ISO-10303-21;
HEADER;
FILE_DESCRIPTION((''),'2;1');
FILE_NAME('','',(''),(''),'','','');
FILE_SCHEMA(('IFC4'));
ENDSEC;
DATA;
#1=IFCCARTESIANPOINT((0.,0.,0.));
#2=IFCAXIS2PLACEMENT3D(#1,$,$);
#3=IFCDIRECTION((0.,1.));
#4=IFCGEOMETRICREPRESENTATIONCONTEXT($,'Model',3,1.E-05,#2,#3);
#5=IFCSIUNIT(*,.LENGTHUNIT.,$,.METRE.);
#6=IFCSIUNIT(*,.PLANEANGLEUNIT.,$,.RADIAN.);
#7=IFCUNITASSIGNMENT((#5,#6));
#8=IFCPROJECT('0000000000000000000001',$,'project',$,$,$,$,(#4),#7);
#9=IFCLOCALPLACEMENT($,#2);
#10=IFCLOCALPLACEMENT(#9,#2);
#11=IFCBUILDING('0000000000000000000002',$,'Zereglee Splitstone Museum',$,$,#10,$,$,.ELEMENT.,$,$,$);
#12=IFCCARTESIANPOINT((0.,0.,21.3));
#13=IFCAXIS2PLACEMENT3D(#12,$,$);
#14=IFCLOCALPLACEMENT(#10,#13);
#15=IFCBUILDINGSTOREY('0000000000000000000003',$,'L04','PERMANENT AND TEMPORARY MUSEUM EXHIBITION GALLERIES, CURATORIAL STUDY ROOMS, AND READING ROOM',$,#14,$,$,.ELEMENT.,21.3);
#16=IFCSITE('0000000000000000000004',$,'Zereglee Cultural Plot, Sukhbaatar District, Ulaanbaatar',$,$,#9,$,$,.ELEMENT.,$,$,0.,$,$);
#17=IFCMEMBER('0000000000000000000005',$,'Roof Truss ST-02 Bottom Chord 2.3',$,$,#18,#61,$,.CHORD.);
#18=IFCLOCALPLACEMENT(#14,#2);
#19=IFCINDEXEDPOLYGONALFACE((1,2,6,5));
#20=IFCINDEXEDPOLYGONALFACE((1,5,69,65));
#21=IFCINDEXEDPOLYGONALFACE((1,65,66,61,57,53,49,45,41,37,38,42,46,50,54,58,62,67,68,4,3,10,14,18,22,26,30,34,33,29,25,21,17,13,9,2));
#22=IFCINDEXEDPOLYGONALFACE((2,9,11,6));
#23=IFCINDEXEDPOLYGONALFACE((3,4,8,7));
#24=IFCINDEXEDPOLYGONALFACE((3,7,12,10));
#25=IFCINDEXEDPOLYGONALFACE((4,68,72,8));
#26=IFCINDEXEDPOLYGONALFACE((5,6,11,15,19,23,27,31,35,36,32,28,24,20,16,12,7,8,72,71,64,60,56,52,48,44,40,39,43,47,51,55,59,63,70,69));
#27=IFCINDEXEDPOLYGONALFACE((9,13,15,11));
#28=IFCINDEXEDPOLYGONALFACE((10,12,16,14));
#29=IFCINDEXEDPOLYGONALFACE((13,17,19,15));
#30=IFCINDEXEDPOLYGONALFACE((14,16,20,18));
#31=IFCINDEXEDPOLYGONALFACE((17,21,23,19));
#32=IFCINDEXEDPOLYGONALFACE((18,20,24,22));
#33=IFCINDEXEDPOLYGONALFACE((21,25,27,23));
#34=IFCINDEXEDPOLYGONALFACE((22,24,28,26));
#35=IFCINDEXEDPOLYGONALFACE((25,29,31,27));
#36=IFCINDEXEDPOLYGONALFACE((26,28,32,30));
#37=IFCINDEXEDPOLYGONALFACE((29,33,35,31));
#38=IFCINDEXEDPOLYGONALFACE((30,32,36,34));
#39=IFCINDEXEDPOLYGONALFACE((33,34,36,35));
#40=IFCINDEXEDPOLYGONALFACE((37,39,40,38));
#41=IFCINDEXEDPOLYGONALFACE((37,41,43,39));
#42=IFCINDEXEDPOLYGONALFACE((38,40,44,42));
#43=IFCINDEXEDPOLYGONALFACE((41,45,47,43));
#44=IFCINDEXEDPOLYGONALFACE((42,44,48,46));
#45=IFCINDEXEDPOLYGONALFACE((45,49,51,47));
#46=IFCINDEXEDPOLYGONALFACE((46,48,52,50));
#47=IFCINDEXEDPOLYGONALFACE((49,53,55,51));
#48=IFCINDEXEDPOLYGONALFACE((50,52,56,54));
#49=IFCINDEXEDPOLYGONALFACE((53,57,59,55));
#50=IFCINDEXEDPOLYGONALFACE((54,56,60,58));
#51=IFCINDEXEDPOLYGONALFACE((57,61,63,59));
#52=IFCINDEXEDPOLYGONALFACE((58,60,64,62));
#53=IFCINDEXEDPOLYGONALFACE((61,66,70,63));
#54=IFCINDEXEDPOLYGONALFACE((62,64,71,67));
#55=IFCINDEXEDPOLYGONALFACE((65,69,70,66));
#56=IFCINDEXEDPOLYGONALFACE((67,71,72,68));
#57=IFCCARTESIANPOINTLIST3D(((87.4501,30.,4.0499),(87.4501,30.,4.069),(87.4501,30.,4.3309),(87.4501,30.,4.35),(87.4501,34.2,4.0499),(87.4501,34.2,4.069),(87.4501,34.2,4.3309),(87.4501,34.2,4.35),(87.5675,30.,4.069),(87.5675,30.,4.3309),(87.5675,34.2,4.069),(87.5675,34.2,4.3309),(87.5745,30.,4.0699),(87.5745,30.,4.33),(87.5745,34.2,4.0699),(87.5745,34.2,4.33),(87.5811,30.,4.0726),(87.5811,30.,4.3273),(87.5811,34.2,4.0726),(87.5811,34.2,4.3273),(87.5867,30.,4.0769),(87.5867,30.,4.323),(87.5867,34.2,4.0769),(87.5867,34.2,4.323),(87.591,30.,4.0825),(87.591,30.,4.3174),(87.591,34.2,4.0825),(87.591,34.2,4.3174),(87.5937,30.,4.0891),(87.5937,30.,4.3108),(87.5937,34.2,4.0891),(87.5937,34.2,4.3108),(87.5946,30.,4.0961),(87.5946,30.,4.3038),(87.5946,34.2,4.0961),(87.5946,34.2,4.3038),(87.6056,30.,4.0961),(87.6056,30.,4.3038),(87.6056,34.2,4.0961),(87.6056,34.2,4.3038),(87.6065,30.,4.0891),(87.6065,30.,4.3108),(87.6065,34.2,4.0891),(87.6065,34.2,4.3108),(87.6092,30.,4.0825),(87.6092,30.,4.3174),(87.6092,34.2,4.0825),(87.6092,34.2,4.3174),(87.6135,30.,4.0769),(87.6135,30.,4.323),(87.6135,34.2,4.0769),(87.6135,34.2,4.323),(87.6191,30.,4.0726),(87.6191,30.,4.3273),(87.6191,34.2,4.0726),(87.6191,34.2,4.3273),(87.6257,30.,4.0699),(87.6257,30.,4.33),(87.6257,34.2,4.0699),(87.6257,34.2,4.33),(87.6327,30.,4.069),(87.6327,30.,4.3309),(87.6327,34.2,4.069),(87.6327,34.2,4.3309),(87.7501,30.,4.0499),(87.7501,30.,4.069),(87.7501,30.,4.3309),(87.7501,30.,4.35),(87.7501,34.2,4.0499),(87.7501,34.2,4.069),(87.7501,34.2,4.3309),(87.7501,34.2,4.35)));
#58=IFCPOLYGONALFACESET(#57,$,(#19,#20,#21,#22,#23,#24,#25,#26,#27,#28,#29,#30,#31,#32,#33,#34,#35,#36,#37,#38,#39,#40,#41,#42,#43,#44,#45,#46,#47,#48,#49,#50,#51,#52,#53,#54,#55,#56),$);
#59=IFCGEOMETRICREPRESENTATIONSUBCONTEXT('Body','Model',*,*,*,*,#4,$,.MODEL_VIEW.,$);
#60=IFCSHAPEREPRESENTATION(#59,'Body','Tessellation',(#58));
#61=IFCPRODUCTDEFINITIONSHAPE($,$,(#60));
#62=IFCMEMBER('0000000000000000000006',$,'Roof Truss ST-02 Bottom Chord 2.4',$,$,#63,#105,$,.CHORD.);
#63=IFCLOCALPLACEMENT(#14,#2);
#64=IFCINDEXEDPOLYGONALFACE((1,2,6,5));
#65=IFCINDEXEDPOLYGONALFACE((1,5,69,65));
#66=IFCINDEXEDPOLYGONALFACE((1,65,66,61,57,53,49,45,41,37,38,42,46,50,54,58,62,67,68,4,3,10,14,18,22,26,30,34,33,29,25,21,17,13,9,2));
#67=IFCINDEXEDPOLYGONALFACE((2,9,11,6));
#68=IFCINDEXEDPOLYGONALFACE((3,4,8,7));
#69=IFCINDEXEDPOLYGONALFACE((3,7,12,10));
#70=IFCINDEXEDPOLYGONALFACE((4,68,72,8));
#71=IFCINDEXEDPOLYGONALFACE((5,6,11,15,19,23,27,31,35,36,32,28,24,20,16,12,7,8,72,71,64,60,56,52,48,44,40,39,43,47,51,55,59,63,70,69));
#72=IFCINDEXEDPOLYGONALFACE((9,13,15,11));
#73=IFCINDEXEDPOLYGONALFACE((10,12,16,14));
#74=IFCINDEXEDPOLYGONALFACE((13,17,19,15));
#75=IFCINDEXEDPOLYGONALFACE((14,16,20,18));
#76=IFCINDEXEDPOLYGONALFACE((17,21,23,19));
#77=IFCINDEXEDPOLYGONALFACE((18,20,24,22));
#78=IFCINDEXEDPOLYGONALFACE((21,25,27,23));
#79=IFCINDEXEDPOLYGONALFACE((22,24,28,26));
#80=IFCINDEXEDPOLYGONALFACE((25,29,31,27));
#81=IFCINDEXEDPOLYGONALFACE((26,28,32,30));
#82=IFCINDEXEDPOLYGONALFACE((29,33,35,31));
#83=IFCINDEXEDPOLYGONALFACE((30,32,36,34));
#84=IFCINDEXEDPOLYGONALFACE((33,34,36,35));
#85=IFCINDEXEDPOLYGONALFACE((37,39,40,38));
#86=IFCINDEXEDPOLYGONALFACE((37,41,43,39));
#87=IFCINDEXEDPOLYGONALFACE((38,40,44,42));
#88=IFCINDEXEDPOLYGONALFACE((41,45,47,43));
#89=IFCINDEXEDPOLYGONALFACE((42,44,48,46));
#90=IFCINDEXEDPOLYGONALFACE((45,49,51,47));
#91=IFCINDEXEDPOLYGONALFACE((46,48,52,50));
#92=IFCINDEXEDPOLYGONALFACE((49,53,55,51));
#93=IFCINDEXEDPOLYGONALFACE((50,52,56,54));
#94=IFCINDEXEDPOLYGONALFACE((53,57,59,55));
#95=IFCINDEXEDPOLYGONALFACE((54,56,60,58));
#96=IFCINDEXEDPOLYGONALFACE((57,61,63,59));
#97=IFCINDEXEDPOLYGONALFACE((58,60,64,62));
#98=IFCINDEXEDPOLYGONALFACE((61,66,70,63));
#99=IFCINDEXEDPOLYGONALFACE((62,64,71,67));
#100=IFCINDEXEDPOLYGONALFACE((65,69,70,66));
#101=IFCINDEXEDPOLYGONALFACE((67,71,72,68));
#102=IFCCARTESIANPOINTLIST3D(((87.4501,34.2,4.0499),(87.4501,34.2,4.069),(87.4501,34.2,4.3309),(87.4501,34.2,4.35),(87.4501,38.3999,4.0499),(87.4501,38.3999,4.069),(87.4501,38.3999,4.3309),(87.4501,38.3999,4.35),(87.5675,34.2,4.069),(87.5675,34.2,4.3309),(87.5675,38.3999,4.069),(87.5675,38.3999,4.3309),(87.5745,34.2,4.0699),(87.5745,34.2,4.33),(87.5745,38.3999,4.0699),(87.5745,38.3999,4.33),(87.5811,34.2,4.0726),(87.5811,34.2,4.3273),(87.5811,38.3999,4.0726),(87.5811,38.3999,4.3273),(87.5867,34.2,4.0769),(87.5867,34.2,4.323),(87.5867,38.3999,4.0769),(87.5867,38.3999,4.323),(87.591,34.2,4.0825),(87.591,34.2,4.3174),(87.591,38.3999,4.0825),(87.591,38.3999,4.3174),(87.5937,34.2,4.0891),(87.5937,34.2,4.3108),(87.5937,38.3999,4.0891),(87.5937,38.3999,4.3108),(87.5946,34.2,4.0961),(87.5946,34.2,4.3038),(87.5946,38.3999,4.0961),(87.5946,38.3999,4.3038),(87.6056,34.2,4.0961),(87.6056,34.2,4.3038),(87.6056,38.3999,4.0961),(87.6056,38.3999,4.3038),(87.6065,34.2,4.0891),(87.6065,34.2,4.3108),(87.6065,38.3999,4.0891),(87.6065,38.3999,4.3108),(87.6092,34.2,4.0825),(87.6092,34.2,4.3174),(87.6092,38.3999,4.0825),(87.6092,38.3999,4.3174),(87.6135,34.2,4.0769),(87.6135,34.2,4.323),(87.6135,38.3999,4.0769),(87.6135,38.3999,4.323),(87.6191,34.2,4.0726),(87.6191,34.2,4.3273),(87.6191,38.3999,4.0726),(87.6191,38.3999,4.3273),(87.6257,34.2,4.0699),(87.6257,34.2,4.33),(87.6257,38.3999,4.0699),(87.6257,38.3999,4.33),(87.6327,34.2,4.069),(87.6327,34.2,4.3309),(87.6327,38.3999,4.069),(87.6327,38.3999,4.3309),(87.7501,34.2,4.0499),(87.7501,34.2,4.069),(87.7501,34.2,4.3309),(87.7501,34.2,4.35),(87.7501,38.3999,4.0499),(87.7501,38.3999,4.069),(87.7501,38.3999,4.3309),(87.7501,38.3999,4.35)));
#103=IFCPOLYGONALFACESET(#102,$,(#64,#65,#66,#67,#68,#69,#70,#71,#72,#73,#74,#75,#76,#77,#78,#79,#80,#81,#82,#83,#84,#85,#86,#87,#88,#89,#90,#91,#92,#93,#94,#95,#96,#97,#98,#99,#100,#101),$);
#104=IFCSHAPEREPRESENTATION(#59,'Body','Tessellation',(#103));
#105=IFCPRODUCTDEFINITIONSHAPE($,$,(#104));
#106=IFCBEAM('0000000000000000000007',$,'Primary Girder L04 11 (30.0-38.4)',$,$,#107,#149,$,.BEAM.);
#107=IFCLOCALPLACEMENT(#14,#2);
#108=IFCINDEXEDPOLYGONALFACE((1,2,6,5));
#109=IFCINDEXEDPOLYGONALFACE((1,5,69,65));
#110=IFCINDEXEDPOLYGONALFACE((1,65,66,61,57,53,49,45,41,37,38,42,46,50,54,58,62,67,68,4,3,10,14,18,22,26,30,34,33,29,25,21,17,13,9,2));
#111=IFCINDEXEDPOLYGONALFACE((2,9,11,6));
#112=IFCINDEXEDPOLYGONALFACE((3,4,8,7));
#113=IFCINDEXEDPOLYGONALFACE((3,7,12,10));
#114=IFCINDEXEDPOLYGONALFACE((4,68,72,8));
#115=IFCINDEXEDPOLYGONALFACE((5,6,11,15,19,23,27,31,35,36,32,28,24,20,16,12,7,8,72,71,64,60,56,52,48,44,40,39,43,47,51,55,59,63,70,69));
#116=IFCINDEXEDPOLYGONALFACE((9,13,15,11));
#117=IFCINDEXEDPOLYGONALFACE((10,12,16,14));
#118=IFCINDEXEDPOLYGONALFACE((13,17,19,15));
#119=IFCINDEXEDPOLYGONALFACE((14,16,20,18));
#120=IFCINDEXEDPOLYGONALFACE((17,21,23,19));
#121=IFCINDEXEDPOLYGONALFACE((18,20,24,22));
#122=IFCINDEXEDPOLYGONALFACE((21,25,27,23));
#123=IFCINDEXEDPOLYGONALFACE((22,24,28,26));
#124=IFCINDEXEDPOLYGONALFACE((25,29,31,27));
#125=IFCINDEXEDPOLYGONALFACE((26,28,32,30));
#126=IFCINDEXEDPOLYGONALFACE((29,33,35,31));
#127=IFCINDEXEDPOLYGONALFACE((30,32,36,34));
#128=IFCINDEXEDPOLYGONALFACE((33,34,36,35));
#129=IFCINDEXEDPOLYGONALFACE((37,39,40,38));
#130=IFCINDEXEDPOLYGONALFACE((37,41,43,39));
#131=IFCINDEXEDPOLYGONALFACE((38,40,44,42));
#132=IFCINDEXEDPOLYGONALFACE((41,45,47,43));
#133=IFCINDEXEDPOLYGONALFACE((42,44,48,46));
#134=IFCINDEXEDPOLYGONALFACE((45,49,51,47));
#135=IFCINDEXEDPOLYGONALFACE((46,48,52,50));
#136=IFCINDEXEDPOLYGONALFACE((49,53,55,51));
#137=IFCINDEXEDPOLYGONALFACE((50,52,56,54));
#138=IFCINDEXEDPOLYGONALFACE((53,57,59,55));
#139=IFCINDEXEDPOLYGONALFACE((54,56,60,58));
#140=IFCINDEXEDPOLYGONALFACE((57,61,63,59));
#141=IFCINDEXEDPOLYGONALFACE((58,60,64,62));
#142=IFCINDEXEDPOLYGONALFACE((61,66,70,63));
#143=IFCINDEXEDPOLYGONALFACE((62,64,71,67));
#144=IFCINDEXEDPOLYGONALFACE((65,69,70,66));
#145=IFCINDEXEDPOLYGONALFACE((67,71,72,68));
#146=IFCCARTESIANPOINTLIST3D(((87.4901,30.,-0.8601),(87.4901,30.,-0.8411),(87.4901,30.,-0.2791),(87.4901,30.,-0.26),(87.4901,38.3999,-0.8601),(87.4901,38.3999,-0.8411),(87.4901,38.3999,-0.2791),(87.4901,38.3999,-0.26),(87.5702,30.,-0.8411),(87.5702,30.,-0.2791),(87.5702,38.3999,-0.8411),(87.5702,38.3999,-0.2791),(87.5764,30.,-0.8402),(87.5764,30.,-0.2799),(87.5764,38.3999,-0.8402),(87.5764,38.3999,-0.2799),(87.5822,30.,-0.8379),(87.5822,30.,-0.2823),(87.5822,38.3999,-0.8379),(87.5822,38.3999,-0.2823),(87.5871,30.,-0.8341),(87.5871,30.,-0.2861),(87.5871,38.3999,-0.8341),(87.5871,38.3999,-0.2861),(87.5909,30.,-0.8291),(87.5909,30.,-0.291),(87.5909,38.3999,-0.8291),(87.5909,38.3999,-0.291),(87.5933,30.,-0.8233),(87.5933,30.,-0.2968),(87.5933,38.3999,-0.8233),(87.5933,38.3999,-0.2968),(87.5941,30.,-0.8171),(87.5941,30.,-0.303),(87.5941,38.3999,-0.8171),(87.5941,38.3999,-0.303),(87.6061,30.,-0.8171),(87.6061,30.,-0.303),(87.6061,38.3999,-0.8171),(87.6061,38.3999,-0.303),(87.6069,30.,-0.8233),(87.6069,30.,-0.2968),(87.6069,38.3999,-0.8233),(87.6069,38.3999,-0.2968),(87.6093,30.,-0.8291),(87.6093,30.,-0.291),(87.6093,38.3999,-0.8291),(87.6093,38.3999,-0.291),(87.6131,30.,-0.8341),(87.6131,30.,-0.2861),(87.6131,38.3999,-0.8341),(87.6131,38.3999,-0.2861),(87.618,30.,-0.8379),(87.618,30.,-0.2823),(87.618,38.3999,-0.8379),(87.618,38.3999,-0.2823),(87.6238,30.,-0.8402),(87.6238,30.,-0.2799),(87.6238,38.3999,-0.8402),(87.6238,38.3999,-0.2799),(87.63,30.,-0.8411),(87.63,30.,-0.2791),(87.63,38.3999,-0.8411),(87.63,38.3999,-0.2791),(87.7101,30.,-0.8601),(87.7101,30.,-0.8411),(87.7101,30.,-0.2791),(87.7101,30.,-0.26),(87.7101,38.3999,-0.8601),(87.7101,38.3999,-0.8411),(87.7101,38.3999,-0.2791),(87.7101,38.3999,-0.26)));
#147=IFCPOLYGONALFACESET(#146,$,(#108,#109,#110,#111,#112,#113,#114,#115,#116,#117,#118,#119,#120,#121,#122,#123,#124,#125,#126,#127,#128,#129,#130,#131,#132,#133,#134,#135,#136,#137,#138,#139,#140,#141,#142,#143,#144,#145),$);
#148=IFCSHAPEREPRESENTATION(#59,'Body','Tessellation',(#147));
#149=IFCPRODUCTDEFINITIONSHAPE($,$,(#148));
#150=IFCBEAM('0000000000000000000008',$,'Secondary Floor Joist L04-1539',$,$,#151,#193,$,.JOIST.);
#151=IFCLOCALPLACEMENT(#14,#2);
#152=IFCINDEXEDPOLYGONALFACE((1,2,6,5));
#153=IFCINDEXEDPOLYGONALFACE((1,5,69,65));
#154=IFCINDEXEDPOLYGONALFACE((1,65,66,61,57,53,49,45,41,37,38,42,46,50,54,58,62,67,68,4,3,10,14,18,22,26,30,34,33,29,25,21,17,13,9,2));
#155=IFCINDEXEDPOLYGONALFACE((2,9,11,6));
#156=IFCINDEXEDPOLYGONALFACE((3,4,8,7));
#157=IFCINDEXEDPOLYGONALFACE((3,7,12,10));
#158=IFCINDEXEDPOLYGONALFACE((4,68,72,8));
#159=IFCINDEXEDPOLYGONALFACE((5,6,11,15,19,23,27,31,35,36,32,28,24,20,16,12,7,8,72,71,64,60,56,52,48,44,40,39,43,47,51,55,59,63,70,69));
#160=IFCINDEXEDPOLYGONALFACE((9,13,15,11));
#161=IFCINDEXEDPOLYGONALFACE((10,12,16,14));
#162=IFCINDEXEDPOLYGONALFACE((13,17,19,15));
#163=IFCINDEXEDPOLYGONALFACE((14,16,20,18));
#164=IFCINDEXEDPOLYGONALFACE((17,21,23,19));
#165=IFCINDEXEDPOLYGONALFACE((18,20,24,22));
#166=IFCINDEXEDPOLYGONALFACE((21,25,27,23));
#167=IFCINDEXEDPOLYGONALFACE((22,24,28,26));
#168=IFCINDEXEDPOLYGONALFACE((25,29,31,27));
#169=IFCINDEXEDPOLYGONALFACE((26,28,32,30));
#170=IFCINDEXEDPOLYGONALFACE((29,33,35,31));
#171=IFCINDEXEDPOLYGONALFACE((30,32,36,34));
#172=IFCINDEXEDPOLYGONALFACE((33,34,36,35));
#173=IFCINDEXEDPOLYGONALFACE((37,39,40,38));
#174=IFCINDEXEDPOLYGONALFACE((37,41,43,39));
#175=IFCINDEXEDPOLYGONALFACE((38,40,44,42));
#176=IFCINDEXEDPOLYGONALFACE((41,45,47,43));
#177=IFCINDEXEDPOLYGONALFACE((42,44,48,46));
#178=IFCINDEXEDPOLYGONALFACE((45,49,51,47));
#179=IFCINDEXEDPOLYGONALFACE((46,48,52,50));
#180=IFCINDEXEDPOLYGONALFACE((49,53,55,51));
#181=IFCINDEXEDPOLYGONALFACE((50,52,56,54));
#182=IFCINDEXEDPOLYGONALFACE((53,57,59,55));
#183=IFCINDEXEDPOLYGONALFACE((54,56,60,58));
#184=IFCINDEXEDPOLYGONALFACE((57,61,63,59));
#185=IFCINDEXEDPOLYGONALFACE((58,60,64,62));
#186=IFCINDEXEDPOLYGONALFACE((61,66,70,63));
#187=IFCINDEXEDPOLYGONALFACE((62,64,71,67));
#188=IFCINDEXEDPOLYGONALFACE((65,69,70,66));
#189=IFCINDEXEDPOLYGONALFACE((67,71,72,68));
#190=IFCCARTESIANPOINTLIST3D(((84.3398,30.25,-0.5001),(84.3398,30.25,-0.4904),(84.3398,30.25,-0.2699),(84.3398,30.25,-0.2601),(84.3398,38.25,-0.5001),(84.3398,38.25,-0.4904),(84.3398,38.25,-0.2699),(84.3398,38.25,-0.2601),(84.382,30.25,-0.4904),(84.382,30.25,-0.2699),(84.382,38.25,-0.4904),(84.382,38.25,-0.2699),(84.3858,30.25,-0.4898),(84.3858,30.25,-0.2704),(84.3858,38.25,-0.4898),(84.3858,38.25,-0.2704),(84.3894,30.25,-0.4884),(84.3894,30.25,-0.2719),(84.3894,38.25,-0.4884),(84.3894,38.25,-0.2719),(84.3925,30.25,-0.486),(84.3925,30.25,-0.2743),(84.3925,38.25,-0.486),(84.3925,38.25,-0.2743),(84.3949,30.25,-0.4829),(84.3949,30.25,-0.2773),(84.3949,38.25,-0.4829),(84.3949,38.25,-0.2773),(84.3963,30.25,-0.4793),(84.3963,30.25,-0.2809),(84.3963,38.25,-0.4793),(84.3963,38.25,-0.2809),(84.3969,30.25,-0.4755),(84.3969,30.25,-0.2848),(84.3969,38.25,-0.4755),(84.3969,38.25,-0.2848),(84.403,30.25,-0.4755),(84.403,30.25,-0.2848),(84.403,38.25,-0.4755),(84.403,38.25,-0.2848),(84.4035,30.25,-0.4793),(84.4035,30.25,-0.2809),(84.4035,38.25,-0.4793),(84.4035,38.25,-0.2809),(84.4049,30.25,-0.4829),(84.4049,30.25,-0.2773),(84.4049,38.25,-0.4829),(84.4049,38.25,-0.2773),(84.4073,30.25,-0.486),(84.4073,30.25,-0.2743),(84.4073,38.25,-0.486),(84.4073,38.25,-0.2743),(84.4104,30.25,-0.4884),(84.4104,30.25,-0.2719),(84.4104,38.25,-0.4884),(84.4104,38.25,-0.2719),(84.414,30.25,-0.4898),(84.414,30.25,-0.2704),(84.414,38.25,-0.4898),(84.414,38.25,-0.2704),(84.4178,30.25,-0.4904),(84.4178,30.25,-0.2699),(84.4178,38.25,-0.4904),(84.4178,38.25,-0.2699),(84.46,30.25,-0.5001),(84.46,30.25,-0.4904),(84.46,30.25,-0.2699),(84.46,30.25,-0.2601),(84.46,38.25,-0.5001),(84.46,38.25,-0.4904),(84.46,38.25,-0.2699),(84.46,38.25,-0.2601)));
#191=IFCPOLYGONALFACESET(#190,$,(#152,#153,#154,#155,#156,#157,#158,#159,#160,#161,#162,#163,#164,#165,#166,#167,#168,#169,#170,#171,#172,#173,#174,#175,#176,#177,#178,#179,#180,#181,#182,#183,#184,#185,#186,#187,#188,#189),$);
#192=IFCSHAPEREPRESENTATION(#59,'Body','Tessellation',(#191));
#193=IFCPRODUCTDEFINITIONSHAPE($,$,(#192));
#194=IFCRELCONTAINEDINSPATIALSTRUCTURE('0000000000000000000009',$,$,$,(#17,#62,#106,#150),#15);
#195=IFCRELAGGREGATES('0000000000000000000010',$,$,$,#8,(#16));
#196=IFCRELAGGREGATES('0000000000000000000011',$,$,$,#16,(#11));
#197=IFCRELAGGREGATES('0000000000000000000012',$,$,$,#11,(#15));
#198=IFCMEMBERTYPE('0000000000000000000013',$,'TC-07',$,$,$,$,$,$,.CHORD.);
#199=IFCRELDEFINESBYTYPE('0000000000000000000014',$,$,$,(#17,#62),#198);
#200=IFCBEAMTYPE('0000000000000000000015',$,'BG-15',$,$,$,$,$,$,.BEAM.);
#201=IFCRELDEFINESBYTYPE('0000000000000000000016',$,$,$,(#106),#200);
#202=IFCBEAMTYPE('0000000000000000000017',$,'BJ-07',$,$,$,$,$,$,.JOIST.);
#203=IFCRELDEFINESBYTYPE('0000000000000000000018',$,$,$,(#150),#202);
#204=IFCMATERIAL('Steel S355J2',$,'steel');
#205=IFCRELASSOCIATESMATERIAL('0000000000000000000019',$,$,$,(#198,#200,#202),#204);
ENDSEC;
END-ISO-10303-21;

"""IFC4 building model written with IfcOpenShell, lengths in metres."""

from ifc_helpers import new_model, si_unit, direction, frame, origin, origin_2d, place, context, subcontext, project, spatial, i_section, extrude, material, material_profile, profile_set, type_object, element, save


model = new_model("IFC4")

# Units and contexts
model_context = context("Model", 3, precision=1e-05, world=origin(), true_north=direction((0.0, 1.0)))
body_context = subcontext(model_context, "Body", "Model", "MODEL_VIEW")
ifc_project = project(units=[si_unit("LENGTHUNIT", "METRE"), si_unit("PLANEANGLEUNIT", "RADIAN")], contexts=[model_context])

# Site, building, storey
site_placement = place(None, origin())
site = spatial("IfcSite", under=ifc_project, at=site_placement, Name="Zereglee Cultural Plot, Sukhbaatar District, Ulaanbaatar", CompositionType="ELEMENT", RefElevation=0.0)
building_placement = place(site_placement, origin())
building = spatial("IfcBuilding", under=site, at=building_placement, Name="Zereglee Splitstone Museum", CompositionType="ELEMENT")
storey_placement = place(building_placement, frame((0.0, 0.0, 21.3)))
storey = spatial("IfcBuildingStorey", under=building, at=storey_placement, Name="L04", Description="PERMANENT AND TEMPORARY MUSEUM EXHIBITION GALLERIES, CURATORIAL STUDY ROOMS, AND READING ROOM", CompositionType="ELEMENT", Elevation=21.3)

# Shared definitions
ifc_material_1 = material(Name="Steel S355J2", Category="steel")

# Members
ifc_material_profile_1 = material_profile(ifc_material_1, i_section(OverallWidth=0.3, OverallDepth=0.3, WebThickness=0.011, FlangeThickness=0.019, FilletRadius=0.0271, at=origin_2d()), Name="HE 300 B")
ifc_profile_set_1 = profile_set([ifc_material_profile_1], Name="Steel S355J2")
member_type_1 = type_object("IfcMemberType", Name="TC-07", PredefinedType="CHORD", material=ifc_profile_set_1)
for number, where, z_axis, x_axis, name in (
    (1, (87.6001, 30.0, 4.2), (0.0, 1.0, 0.0), (-1.0, 0.0, 0.0), "Roof Truss ST-02 Bottom Chord 2.3"),
    (2, (87.6001, 34.2, 4.2), (0.0, 1.0, 0.0), (-1.0, 0.0, 0.0), "Roof Truss ST-02 Bottom Chord 2.4"),
):
    element("IfcMember", number, at=place(storey_placement, frame(where, z_axis=z_axis, x_axis=x_axis)), inside=storey, type_object=member_type_1, Name=name, PredefinedType="CHORD", context=body_context, shape_type="SweptSolid", body=[
        extrude(i_section(OverallWidth=0.3, OverallDepth=0.3, WebThickness=0.011, FlangeThickness=0.019, FilletRadius=0.0271, at=origin_2d()), origin(), (0.0, 0.0, 1.0), 4.2),
    ])

# Beams
ifc_material_profile_2 = material_profile(ifc_material_1, i_section(OverallWidth=0.22, OverallDepth=0.6001, WebThickness=0.012, FlangeThickness=0.019, FilletRadius=0.0239, at=origin_2d()), Name="IPE 600")
ifc_profile_set_2 = profile_set([ifc_material_profile_2], Name="Steel S355J2")
beam_type_1 = type_object("IfcBeamType", Name="BG-15", PredefinedType="BEAM", material=ifc_profile_set_2)
beam_1_placement = place(storey_placement, frame((87.6001, 30.0, -0.5601), z_axis=(0.0, 1.0, 0.0), x_axis=(-1.0, 0.0, 0.0)))
element("IfcBeam", 3, at=beam_1_placement, inside=storey, type_object=beam_type_1, Name="Primary Girder L04 11 (30.0-38.4)", PredefinedType="BEAM", context=body_context, shape_type="SweptSolid", body=[
    extrude(i_section(OverallWidth=0.22, OverallDepth=0.6001, WebThickness=0.012, FlangeThickness=0.019, FilletRadius=0.0239, at=origin_2d()), origin(), (0.0, 0.0, 1.0), 8.3999),
])
ifc_material_profile_3 = material_profile(ifc_material_1, i_section(OverallWidth=0.1201, OverallDepth=0.24, WebThickness=0.0061, FlangeThickness=0.0098, FilletRadius=0.0149, at=origin_2d()), Name="IPE 240")
ifc_profile_set_3 = profile_set([ifc_material_profile_3], Name="Steel S355J2")
beam_type_2 = type_object("IfcBeamType", Name="BJ-07", PredefinedType="JOIST", material=ifc_profile_set_3)
beam_2_placement = place(storey_placement, frame((84.3999, 30.25, -0.3801), z_axis=(0.0, 1.0, 0.0), x_axis=(-1.0, 0.0, 0.0)))
element("IfcBeam", 4, at=beam_2_placement, inside=storey, type_object=beam_type_2, Name="Secondary Floor Joist L04-1539", PredefinedType="JOIST", context=body_context, shape_type="SweptSolid", body=[
    extrude(i_section(OverallWidth=0.1201, OverallDepth=0.24, WebThickness=0.0061, FlangeThickness=0.0098, FilletRadius=0.0149, at=origin_2d()), origin(), (0.0, 0.0, 1.0), 8.0),
])

save(model, "model.ifc")
